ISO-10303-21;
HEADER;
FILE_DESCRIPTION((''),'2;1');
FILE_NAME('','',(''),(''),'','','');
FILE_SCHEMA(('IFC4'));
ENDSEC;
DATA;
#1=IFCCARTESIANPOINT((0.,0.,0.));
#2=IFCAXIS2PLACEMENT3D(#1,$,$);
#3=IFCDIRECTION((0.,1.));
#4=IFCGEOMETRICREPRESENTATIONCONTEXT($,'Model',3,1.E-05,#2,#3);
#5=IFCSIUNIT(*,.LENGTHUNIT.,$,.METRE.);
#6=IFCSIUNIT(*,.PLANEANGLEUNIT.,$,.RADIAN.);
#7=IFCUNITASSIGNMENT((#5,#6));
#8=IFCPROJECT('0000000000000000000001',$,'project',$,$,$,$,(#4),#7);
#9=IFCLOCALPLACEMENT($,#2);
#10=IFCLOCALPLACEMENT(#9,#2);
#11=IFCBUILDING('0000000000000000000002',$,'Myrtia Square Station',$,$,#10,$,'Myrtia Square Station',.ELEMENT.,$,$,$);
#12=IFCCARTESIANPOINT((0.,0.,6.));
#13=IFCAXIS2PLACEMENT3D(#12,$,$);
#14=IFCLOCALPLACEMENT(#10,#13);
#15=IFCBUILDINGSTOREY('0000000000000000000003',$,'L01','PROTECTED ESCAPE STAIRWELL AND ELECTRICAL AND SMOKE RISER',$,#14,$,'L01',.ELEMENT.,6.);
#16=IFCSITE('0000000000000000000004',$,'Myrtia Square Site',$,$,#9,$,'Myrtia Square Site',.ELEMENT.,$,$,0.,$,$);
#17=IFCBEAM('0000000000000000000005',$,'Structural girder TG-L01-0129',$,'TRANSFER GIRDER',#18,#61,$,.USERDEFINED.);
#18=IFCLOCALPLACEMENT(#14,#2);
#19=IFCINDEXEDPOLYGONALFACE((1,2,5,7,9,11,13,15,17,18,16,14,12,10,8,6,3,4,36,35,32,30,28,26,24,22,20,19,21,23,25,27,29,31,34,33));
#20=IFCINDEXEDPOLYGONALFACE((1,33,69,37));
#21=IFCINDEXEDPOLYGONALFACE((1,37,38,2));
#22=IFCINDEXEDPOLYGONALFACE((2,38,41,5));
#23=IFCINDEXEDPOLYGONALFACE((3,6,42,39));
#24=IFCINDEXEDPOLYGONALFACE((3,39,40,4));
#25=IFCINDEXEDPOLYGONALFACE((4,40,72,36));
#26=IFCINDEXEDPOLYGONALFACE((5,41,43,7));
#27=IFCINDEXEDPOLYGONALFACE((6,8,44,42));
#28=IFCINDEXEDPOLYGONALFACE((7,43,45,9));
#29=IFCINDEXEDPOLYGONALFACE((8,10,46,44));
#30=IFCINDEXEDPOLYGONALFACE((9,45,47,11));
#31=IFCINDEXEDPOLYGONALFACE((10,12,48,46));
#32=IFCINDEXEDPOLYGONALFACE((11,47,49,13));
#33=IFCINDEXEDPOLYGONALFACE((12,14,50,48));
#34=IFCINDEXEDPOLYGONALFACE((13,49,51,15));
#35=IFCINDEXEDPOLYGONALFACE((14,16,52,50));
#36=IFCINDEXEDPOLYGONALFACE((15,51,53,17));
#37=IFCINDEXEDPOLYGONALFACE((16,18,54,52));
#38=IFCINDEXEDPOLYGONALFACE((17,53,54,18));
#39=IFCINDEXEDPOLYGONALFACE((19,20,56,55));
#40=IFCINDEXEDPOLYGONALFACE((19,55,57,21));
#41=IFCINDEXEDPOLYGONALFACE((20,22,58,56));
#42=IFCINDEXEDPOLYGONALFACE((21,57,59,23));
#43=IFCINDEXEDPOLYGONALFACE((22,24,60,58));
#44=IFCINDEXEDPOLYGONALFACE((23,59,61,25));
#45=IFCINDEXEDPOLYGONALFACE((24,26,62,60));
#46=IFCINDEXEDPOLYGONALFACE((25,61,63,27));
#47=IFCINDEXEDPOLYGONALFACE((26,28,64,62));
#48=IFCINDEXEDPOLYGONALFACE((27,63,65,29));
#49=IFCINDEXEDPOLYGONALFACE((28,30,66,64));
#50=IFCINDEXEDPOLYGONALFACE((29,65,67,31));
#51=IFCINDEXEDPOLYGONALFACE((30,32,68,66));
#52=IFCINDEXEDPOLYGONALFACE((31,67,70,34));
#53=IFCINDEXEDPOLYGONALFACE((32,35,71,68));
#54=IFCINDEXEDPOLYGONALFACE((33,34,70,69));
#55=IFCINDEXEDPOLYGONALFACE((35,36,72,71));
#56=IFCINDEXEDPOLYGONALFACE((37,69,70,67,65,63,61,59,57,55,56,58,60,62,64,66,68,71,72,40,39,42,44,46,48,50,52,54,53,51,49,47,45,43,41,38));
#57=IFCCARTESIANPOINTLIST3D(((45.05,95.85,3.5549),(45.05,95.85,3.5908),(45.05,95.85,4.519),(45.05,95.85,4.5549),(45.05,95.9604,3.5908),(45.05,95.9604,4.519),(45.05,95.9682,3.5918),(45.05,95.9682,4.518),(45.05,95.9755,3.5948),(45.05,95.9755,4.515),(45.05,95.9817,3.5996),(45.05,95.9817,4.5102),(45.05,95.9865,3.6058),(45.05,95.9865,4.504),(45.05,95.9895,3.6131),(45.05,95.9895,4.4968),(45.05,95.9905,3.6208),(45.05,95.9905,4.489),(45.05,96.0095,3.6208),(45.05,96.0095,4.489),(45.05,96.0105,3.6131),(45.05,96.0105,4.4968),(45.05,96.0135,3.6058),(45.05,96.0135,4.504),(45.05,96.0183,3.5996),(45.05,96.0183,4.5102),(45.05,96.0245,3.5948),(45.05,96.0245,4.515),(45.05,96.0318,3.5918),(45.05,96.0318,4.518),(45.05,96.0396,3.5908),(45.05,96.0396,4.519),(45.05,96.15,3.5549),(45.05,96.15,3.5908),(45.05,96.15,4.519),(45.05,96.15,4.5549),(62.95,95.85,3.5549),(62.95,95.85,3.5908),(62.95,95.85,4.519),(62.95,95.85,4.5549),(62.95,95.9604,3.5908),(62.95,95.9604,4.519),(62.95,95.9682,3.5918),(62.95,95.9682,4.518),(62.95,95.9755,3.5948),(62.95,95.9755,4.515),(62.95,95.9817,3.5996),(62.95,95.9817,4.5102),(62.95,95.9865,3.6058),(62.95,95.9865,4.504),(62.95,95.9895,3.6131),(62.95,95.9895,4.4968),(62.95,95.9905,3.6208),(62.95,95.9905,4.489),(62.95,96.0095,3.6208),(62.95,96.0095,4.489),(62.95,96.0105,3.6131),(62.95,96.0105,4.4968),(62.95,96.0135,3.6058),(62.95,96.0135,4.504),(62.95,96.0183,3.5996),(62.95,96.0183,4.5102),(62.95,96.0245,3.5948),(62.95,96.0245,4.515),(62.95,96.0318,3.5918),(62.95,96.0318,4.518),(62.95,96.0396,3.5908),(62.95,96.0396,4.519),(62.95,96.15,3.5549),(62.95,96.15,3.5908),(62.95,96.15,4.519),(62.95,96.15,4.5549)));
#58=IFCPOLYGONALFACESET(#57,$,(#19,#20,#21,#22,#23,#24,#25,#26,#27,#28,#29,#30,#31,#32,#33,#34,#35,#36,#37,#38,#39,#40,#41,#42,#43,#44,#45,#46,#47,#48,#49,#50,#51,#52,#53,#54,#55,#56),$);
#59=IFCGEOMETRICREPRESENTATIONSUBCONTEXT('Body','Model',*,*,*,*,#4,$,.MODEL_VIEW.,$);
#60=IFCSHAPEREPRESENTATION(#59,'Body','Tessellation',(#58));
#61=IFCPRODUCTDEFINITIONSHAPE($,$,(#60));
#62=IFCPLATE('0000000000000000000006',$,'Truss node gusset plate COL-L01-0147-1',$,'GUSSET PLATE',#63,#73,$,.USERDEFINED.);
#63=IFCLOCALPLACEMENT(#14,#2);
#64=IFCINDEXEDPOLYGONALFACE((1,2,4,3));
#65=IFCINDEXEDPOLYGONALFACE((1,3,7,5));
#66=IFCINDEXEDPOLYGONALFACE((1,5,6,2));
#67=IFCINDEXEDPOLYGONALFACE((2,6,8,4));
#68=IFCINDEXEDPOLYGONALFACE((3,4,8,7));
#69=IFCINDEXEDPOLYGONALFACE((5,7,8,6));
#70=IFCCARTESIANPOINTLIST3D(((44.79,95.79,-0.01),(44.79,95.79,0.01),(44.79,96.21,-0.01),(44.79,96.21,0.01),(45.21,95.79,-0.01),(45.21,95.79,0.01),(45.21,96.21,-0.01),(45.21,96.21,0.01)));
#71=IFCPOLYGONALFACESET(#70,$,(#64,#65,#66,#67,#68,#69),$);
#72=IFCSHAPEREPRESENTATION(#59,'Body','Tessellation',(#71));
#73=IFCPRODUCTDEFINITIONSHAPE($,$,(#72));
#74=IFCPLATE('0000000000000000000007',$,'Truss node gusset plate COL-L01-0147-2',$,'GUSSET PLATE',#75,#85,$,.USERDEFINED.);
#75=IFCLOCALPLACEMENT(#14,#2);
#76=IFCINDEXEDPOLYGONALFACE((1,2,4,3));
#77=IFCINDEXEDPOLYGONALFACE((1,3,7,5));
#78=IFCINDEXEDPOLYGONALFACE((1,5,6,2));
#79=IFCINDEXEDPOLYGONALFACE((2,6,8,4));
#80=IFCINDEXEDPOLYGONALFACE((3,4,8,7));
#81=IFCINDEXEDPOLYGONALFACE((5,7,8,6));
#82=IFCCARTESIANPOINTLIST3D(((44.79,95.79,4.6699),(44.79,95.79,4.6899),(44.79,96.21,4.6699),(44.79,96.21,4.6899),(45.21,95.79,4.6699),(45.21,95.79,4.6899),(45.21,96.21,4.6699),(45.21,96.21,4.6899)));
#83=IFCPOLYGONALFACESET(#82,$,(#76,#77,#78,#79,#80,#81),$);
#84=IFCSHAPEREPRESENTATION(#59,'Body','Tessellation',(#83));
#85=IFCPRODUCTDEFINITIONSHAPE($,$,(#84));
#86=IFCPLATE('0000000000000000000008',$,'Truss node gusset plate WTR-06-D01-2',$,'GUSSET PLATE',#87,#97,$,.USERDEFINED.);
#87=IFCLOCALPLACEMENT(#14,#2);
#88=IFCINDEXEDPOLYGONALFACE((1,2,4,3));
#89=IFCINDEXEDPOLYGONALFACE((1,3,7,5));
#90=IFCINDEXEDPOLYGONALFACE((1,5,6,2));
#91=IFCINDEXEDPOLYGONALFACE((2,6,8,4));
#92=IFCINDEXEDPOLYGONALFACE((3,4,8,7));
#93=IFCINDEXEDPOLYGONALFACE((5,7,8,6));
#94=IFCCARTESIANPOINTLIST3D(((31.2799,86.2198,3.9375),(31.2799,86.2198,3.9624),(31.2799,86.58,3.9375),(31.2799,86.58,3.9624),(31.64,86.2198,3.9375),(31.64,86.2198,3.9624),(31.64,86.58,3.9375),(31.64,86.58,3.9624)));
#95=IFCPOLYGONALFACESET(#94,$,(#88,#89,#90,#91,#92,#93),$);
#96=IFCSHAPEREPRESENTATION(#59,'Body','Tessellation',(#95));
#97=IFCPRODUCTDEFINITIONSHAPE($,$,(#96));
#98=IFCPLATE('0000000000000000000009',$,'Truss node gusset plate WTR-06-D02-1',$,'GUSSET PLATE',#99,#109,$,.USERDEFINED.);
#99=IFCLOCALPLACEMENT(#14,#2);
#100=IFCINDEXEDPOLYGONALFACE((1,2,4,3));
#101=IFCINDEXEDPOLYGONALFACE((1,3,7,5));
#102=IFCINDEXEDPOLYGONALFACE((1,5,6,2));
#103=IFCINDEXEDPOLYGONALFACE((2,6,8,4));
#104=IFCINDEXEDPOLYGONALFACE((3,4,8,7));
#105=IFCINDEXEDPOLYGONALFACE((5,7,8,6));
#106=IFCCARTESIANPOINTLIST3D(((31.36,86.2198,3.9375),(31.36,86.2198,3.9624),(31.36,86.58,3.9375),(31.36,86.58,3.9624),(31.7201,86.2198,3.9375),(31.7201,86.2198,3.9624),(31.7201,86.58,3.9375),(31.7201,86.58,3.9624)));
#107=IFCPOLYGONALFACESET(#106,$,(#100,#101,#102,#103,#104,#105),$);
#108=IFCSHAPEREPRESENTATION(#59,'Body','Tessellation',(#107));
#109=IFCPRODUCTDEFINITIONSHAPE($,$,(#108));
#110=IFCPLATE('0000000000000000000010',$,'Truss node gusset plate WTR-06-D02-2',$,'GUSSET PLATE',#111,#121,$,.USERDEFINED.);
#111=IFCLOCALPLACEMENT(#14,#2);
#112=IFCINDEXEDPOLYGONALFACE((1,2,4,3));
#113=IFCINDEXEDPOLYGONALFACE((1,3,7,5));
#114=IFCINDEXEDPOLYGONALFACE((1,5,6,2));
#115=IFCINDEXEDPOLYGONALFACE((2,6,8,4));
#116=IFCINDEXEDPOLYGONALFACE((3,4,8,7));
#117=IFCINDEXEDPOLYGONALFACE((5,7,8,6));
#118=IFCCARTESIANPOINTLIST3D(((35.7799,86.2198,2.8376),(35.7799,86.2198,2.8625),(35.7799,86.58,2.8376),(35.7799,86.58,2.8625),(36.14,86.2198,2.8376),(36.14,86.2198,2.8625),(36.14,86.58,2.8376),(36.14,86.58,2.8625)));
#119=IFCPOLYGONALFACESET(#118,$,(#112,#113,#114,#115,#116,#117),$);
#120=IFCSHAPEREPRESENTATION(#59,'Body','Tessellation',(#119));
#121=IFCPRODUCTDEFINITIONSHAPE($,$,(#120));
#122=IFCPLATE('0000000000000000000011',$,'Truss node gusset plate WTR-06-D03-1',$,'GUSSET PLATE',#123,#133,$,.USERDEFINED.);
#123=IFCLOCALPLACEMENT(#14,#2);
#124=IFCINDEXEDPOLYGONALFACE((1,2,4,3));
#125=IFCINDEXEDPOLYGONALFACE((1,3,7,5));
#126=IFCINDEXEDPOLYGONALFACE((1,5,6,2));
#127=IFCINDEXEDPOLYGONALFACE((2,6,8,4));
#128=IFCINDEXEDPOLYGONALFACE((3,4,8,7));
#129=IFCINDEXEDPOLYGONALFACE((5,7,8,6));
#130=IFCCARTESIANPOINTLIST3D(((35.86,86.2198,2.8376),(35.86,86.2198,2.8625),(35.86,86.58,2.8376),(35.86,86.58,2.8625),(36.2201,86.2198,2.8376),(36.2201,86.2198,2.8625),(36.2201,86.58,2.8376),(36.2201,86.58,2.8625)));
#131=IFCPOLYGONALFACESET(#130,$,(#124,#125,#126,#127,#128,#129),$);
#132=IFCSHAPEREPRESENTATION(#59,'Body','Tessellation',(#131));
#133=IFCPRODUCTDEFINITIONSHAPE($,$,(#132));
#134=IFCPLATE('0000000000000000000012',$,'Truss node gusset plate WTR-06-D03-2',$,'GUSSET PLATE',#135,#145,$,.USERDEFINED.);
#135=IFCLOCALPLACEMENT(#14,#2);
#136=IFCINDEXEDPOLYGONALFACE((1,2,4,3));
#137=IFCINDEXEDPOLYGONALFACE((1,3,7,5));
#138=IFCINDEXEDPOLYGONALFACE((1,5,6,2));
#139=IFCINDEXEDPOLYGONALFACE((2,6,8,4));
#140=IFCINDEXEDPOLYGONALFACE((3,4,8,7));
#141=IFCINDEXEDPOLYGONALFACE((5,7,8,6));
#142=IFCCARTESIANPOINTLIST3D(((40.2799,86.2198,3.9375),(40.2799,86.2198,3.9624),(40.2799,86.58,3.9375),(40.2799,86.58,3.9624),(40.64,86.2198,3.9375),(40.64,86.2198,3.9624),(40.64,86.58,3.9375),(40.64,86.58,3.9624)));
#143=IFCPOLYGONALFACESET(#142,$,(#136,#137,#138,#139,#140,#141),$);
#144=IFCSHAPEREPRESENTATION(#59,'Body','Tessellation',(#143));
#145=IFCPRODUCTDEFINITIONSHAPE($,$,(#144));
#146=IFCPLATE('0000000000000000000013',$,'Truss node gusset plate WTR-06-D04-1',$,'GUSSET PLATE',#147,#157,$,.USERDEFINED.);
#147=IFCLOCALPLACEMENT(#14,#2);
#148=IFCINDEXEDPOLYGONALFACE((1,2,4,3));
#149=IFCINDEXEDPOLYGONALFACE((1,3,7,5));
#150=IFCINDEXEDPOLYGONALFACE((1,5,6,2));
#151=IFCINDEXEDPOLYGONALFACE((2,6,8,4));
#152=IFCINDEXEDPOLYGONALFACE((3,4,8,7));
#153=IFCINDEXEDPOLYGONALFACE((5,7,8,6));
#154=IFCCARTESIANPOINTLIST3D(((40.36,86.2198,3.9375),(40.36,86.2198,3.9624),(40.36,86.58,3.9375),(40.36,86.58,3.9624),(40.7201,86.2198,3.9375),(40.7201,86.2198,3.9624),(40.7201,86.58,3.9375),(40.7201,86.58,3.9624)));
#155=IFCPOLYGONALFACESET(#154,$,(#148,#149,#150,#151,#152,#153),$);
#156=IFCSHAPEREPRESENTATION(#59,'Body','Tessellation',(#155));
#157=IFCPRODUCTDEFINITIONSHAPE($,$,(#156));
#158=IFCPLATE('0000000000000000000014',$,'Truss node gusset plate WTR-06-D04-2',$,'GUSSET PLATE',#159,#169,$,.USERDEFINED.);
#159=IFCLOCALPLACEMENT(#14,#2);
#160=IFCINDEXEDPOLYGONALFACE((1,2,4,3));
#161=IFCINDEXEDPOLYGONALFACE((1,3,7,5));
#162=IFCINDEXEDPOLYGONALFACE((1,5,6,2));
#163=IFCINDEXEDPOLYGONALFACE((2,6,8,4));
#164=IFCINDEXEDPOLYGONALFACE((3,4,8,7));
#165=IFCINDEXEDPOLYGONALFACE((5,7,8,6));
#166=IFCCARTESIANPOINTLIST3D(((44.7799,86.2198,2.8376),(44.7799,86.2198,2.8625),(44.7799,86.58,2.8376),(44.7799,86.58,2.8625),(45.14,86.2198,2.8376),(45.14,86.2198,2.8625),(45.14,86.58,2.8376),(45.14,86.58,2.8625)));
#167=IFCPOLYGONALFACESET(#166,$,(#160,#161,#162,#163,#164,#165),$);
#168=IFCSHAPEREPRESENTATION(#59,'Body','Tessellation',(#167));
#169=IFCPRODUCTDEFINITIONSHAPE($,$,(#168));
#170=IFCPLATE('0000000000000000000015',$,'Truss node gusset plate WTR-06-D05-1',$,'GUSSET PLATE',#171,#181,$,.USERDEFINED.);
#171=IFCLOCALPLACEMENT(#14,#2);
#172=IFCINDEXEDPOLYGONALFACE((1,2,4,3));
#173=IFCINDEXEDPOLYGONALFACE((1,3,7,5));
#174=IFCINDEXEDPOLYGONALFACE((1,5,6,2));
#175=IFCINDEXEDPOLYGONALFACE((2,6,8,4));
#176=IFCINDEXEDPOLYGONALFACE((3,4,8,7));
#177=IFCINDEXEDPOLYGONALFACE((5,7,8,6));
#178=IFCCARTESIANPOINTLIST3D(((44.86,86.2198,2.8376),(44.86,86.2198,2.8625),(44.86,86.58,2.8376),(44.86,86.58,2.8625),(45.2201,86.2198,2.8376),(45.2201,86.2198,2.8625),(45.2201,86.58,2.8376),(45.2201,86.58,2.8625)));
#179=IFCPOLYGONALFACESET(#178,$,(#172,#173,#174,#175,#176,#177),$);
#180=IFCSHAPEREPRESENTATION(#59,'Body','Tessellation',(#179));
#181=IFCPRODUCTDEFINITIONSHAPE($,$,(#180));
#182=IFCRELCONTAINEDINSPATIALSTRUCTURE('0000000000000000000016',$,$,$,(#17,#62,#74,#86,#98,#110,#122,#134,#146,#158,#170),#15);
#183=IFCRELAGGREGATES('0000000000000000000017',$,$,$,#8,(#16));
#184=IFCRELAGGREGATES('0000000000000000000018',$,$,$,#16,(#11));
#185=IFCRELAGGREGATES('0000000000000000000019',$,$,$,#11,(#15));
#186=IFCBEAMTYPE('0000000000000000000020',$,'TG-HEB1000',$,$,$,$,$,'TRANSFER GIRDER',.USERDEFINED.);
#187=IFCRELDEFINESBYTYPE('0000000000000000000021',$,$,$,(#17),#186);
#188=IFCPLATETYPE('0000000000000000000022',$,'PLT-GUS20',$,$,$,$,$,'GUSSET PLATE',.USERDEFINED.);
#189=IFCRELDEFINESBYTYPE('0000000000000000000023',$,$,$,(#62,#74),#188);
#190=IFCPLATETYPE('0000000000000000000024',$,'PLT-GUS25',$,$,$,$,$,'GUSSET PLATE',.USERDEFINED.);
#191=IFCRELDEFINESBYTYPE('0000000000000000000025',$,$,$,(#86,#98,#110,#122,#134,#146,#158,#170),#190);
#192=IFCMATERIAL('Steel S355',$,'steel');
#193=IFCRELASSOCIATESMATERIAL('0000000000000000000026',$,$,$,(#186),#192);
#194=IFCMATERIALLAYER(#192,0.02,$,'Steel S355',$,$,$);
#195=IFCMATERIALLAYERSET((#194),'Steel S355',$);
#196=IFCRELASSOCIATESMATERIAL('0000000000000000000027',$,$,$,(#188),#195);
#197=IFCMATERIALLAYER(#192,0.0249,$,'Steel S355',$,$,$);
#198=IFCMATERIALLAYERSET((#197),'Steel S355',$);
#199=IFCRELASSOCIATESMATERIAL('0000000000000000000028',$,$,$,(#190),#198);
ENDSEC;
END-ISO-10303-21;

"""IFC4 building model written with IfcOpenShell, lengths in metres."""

from ifc_helpers import new_model, si_unit, direction, frame, origin, origin_2d, place, context, subcontext, project, spatial, rectangle, i_section, extrude, material, layer, layer_set, material_profile, profile_set, type_object, element, save


model = new_model("IFC4")

# Units and contexts
model_context = context("Model", 3, precision=1e-05, world=origin(), true_north=direction((0.0, 1.0)))
body_context = subcontext(model_context, "Body", "Model", "MODEL_VIEW")
ifc_project = project(units=[si_unit("LENGTHUNIT", "METRE"), si_unit("PLANEANGLEUNIT", "RADIAN")], contexts=[model_context])

# Site, building, storey
site_placement = place(None, origin())
site = spatial("IfcSite", under=ifc_project, at=site_placement, Name="Myrtia Square Site", LongName="Myrtia Square Site", CompositionType="ELEMENT", RefElevation=0.0)
building_placement = place(site_placement, origin())
building = spatial("IfcBuilding", under=site, at=building_placement, Name="Myrtia Square Station", LongName="Myrtia Square Station", CompositionType="ELEMENT")
storey_placement = place(building_placement, frame((0.0, 0.0, 6.0)))
storey = spatial("IfcBuildingStorey", under=building, at=storey_placement, Name="L01", Description="PROTECTED ESCAPE STAIRWELL AND ELECTRICAL AND SMOKE RISER", LongName="L01", CompositionType="ELEMENT", Elevation=6.0)

# Shared definitions
ifc_material = material(Name="Steel S355", Category="steel")

# Beam
ifc_material_profile_1 = material_profile(ifc_material, i_section(OverallWidth=0.3, OverallDepth=1.0, WebThickness=0.019, FlangeThickness=0.0359, FilletRadius=0.03, at=origin_2d()), Name="HEB 1000")
ifc_profile_set_1 = profile_set([ifc_material_profile_1], Name="Steel S355")
beam_type_1 = type_object("IfcBeamType", Name="TG-HEB1000", ElementType="TRANSFER GIRDER", PredefinedType="USERDEFINED", material=ifc_profile_set_1)
for number, where, z_axis, x_axis, name in (
    (1, (45.05, 96.0, 4.0549), (1.0, 0.0, 0.0), (0.0, 1.0, 0.0), "Structural girder TG-L01-0129"),
):
    element("IfcBeam", number, at=place(storey_placement, frame(where, z_axis=z_axis, x_axis=x_axis)), inside=storey, type_object=beam_type_1, Name=name, ObjectType="TRANSFER GIRDER", PredefinedType="USERDEFINED", context=body_context, shape_type="SweptSolid", body=[
        extrude(i_section(OverallWidth=0.3, OverallDepth=1.0, WebThickness=0.019, FlangeThickness=0.0359, FilletRadius=0.03, at=origin_2d()), origin(), (0.0, 0.0, 1.0), 17.8999),
    ])

# Plates
ifc_layer_1 = layer(ifc_material, 0.02, Name="Steel S355")
ifc_layer_set_1 = layer_set([ifc_layer_1], Name="Steel S355")
plate_type_1 = type_object("IfcPlateType", Name="PLT-GUS20", ElementType="GUSSET PLATE", PredefinedType="USERDEFINED", material=ifc_layer_set_1)
for number, where, z_axis, x_axis, name in (
    (2, (45.0, 96.0, -0.01), (0.0, 0.0, 1.0), (1.0, 0.0, 0.0), "Truss node gusset plate COL-L01-0147-1"),
    (3, (45.0, 96.0, 4.6699), (0.0, 0.0, 1.0), (1.0, 0.0, 0.0), "Truss node gusset plate COL-L01-0147-2"),
):
    element("IfcPlate", number, at=place(storey_placement, frame(where, z_axis=z_axis, x_axis=x_axis)), inside=storey, type_object=plate_type_1, Name=name, ObjectType="GUSSET PLATE", PredefinedType="USERDEFINED", context=body_context, shape_type="SweptSolid", body=[
        extrude(rectangle(XDim=0.4199, YDim=0.4199, at=origin_2d()), origin(), (0.0, 0.0, 1.0), 0.02),
    ])
ifc_layer_2 = layer(ifc_material, 0.0249, Name="Steel S355")
ifc_layer_set_2 = layer_set([ifc_layer_2], Name="Steel S355")
plate_type_2 = type_object("IfcPlateType", Name="PLT-GUS25", ElementType="GUSSET PLATE", PredefinedType="USERDEFINED", material=ifc_layer_set_2)
for number, where, z_axis, x_axis, name in (
    (4, (31.46, 86.3999, 3.9375), (0.0, 0.0, 1.0), (1.0, 0.0, 0.0), "Truss node gusset plate WTR-06-D01-2"),
    (5, (31.54, 86.3999, 3.9375), (0.0, 0.0, 1.0), (1.0, 0.0, 0.0), "Truss node gusset plate WTR-06-D02-1"),
    (6, (35.96, 86.3999, 2.8376), (0.0, 0.0, 1.0), (1.0, 0.0, 0.0), "Truss node gusset plate WTR-06-D02-2"),
    (7, (36.04, 86.3999, 2.8376), (0.0, 0.0, 1.0), (1.0, 0.0, 0.0), "Truss node gusset plate WTR-06-D03-1"),
    (8, (40.46, 86.3999, 3.9375), (0.0, 0.0, 1.0), (1.0, 0.0, 0.0), "Truss node gusset plate WTR-06-D03-2"),
    (9, (40.54, 86.3999, 3.9375), (0.0, 0.0, 1.0), (1.0, 0.0, 0.0), "Truss node gusset plate WTR-06-D04-1"),
    (10, (44.96, 86.3999, 2.8376), (0.0, 0.0, 1.0), (1.0, 0.0, 0.0), "Truss node gusset plate WTR-06-D04-2"),
    (11, (45.04, 86.3999, 2.8376), (0.0, 0.0, 1.0), (1.0, 0.0, 0.0), "Truss node gusset plate WTR-06-D05-1"),
):
    element("IfcPlate", number, at=place(storey_placement, frame(where, z_axis=z_axis, x_axis=x_axis)), inside=storey, type_object=plate_type_2, Name=name, ObjectType="GUSSET PLATE", PredefinedType="USERDEFINED", context=body_context, shape_type="SweptSolid", body=[
        extrude(rectangle(XDim=0.3601, YDim=0.3601, at=origin_2d()), origin(), (0.0, 0.0, 1.0), 0.0249),
    ])

save(model, "model.ifc")
